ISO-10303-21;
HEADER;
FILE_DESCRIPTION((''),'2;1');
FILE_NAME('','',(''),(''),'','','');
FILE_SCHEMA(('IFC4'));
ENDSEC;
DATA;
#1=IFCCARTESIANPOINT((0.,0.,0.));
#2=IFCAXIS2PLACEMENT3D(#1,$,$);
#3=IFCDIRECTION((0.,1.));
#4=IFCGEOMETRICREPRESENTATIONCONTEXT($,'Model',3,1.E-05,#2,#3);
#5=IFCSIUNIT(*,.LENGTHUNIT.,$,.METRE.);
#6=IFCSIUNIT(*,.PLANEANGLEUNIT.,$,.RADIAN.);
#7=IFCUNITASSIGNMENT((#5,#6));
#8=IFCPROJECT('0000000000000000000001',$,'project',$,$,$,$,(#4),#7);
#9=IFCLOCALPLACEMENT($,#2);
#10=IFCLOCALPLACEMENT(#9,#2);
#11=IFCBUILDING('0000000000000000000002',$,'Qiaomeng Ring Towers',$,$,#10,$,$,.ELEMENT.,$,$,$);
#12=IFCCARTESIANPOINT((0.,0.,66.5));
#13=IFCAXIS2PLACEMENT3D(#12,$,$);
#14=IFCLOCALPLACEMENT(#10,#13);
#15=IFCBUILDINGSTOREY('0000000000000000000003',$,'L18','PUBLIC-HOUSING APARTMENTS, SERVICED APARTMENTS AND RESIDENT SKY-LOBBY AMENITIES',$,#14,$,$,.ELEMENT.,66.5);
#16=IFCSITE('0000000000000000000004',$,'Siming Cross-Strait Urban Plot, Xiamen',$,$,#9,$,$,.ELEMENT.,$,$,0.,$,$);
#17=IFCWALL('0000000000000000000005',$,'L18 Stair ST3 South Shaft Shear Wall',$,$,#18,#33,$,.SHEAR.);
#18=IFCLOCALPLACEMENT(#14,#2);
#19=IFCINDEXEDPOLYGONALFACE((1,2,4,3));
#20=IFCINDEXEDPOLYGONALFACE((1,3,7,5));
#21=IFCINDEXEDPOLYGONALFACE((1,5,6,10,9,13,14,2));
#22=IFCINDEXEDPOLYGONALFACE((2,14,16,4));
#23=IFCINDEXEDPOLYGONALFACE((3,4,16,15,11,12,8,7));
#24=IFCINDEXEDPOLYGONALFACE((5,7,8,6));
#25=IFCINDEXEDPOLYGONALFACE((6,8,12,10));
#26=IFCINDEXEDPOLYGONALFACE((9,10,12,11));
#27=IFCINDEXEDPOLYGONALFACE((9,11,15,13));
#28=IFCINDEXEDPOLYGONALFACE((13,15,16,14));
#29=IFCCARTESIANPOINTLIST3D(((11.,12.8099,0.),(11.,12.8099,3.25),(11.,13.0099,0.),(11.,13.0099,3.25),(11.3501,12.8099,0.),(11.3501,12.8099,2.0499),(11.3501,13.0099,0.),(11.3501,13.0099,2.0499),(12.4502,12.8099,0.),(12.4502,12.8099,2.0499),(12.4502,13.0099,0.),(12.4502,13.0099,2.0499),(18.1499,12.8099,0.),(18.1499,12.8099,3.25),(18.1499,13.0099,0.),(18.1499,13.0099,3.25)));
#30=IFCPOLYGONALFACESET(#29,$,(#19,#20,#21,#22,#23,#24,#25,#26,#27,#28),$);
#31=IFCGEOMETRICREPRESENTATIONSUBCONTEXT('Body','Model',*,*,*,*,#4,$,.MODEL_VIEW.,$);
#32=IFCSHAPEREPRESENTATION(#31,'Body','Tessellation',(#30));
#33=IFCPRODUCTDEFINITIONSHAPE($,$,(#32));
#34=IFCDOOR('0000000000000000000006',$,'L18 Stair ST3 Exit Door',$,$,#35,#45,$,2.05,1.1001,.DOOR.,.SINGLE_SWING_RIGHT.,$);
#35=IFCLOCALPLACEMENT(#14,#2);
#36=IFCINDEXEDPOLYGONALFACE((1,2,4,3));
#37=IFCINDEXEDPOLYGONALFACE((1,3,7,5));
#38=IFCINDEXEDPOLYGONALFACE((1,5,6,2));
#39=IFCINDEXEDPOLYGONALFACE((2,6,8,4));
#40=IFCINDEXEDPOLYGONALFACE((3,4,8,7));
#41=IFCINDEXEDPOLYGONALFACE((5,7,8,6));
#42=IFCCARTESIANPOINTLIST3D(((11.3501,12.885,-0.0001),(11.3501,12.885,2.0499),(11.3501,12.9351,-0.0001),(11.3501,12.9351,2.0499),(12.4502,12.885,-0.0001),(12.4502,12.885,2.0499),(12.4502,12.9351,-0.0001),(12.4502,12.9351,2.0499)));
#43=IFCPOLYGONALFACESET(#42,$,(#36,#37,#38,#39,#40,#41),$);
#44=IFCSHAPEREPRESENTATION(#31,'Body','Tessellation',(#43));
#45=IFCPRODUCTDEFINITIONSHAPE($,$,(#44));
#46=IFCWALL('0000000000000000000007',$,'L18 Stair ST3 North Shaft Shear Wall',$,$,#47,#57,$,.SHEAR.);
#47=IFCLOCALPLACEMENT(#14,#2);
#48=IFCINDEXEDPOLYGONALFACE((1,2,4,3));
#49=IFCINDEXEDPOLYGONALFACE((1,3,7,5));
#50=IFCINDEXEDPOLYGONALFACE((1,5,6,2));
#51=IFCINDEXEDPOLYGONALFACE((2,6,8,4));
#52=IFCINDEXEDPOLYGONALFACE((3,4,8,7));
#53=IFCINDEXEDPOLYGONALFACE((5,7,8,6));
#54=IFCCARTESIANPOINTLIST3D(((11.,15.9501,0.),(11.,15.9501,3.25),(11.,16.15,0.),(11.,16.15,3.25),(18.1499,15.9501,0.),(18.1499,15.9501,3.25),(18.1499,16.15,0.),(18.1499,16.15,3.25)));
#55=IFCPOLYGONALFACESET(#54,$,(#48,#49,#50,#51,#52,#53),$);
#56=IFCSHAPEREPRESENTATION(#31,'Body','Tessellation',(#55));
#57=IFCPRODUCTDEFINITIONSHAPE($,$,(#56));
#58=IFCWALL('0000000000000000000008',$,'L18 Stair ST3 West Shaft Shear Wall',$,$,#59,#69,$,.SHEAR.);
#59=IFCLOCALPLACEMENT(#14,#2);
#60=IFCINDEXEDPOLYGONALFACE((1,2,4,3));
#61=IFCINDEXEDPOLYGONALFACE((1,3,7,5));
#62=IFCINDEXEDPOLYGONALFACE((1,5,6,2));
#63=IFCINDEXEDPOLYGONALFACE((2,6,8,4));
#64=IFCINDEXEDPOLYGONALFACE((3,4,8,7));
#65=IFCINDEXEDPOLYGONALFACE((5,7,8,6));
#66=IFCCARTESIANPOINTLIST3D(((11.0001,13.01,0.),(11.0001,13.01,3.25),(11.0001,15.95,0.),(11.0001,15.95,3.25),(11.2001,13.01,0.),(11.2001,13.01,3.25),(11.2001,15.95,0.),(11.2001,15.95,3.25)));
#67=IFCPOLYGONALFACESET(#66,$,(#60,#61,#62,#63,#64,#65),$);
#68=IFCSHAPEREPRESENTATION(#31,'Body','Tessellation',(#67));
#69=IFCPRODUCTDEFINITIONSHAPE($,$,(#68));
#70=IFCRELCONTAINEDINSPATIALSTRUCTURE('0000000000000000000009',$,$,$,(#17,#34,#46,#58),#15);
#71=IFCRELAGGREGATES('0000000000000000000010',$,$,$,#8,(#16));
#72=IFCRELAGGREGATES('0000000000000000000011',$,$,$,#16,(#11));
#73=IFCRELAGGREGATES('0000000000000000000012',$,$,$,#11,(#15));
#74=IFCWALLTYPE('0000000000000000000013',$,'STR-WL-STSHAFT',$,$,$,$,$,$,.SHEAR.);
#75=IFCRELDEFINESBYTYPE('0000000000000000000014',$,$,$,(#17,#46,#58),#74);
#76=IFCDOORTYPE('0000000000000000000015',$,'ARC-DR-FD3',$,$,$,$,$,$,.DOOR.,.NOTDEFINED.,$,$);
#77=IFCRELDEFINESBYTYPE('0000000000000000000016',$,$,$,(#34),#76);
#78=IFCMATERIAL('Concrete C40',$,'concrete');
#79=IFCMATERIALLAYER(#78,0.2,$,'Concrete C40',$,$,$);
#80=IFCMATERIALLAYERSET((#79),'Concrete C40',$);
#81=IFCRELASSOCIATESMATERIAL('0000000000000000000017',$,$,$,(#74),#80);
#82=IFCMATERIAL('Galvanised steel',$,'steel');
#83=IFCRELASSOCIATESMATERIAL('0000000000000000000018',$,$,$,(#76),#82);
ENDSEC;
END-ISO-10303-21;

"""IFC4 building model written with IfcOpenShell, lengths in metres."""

from ifc_helpers import new_model, si_unit, direction, frame, frame_2d, origin, place, context, subcontext, project, spatial, rectangle, extrude, source, transform, mapped, material, layer, layer_set, type_object, element, fill, save


model = new_model("IFC4")

# Units and contexts
model_context = context("Model", 3, precision=1e-05, world=origin(), true_north=direction((0.0, 1.0)))
body_context = subcontext(model_context, "Body", "Model", "MODEL_VIEW")
ifc_project = project(units=[si_unit("LENGTHUNIT", "METRE"), si_unit("PLANEANGLEUNIT", "RADIAN")], contexts=[model_context])

# Site, building, storey
site_placement = place(None, origin())
site = spatial("IfcSite", under=ifc_project, at=site_placement, Name="Siming Cross-Strait Urban Plot, Xiamen", CompositionType="ELEMENT", RefElevation=0.0)
building_placement = place(site_placement, origin())
building = spatial("IfcBuilding", under=site, at=building_placement, Name="Qiaomeng Ring Towers", CompositionType="ELEMENT")
storey_placement = place(building_placement, frame((0.0, 0.0, 66.5)))
storey = spatial("IfcBuildingStorey", under=building, at=storey_placement, Name="L18", Description="PUBLIC-HOUSING APARTMENTS, SERVICED APARTMENTS AND RESIDENT SKY-LOBBY AMENITIES", CompositionType="ELEMENT", Elevation=66.5)

# Wall, opening, door
ifc_material_1 = material(Name="Concrete C40", Category="concrete")
ifc_layer_1 = layer(ifc_material_1, 0.2, Name="Concrete C40")
ifc_layer_set_1 = layer_set([ifc_layer_1], Name="Concrete C40")
wall_type_1 = type_object("IfcWallType", Name="STR-WL-STSHAFT", PredefinedType="SHEAR", material=ifc_layer_set_1)
wall_1_placement = place(storey_placement, frame((11.0, 12.9099, 0.0), z_axis=(0.0, 0.0, 1.0), x_axis=(1.0, 0.0, 0.0)))
wall_1 = element("IfcWall", 1, at=wall_1_placement, inside=storey, type_object=wall_type_1, Name="L18 Stair ST3 South Shaft Shear Wall", PredefinedType="SHEAR", context=body_context, shape_type="SweptSolid", body=[
    extrude(rectangle(XDim=7.1499, YDim=0.2, at=frame_2d((3.575, 0.0))), origin(), (0.0, 0.0, 1.0), 3.25),
])
opening_1_placement = place(wall_1_placement, frame((0.3501, 0.0, 0.0)))
opening_1 = element("IfcOpeningElement", 2, at=opening_1_placement, cuts=wall_1, PredefinedType="OPENING", context=body_context, shape_type="SweptSolid", body=[
    extrude(rectangle(XDim=1.1001, YDim=2.05, at=frame_2d((0.55, 1.0249))), frame((0.0, 0.1099, 0.0), z_axis=(0.0, -1.0, 0.0), x_axis=(1.0, 0.0, 0.0)), (0.0, 0.0, 1.0), 0.22),
])
ifc_material_2 = material(Name="Galvanised steel", Category="steel")
door_type_1 = type_object("IfcDoorType", Name="ARC-DR-FD3", OperationType="NOTDEFINED", PredefinedType="DOOR", material=ifc_material_2)
shared_shape_1 = source(origin(), body_context, "Body", "SweptSolid", [
    extrude(rectangle(XDim=1.1001, YDim=2.05, at=frame_2d((0.55, 1.0249))), frame((0.0, 0.0249, 0.0), z_axis=(0.0, -1.0, 0.0), x_axis=(1.0, 0.0, 0.0)), (0.0, 0.0, 1.0), 0.05),
])
door_1_placement = place(opening_1_placement, frame((1.1001, 0.0, 0.0), z_axis=(0.0, 0.0, 1.0), x_axis=(-1.0, 0.0, 0.0)))
door_1 = element("IfcDoor", 3, at=door_1_placement, inside=storey, type_object=door_type_1, Name="L18 Stair ST3 Exit Door", OperationType="SINGLE_SWING_RIGHT", OverallHeight=2.05, OverallWidth=1.1001, PredefinedType="DOOR", context=body_context, shape_type="MappedRepresentation", body=[
    mapped(shared_shape_1, transform((0.0, 0.0, 0.0), x_axis=(1.0, 0.0, 0.0), y_axis=(0.0, 1.0, 0.0), z_axis=(0.0, 0.0, 1.0), scale=1.0)),
])
fill(opening_1, door_1)

# Walls
wall_2_placement = place(storey_placement, frame((11.0, 16.05, 0.0), z_axis=(0.0, 0.0, 1.0), x_axis=(1.0, 0.0, 0.0)))
element("IfcWall", 4, at=wall_2_placement, inside=storey, type_object=wall_type_1, Name="L18 Stair ST3 North Shaft Shear Wall", PredefinedType="SHEAR", context=body_context, shape_type="SweptSolid", body=[
    extrude(rectangle(XDim=7.1499, YDim=0.2, at=frame_2d((3.575, 0.0))), origin(), (0.0, 0.0, 1.0), 3.25),
])
wall_3_placement = place(storey_placement, frame((11.1001, 13.01, 0.0), z_axis=(0.0, 0.0, 1.0), x_axis=(0.0, 1.0, 0.0)))
element("IfcWall", 5, at=wall_3_placement, inside=storey, type_object=wall_type_1, Name="L18 Stair ST3 West Shaft Shear Wall", PredefinedType="SHEAR", context=body_context, shape_type="SweptSolid", body=[
    extrude(rectangle(XDim=2.9399, YDim=0.2, at=frame_2d((1.47, 0.0))), origin(), (0.0, 0.0, 1.0), 3.25),
])

save(model, "model.ifc")
